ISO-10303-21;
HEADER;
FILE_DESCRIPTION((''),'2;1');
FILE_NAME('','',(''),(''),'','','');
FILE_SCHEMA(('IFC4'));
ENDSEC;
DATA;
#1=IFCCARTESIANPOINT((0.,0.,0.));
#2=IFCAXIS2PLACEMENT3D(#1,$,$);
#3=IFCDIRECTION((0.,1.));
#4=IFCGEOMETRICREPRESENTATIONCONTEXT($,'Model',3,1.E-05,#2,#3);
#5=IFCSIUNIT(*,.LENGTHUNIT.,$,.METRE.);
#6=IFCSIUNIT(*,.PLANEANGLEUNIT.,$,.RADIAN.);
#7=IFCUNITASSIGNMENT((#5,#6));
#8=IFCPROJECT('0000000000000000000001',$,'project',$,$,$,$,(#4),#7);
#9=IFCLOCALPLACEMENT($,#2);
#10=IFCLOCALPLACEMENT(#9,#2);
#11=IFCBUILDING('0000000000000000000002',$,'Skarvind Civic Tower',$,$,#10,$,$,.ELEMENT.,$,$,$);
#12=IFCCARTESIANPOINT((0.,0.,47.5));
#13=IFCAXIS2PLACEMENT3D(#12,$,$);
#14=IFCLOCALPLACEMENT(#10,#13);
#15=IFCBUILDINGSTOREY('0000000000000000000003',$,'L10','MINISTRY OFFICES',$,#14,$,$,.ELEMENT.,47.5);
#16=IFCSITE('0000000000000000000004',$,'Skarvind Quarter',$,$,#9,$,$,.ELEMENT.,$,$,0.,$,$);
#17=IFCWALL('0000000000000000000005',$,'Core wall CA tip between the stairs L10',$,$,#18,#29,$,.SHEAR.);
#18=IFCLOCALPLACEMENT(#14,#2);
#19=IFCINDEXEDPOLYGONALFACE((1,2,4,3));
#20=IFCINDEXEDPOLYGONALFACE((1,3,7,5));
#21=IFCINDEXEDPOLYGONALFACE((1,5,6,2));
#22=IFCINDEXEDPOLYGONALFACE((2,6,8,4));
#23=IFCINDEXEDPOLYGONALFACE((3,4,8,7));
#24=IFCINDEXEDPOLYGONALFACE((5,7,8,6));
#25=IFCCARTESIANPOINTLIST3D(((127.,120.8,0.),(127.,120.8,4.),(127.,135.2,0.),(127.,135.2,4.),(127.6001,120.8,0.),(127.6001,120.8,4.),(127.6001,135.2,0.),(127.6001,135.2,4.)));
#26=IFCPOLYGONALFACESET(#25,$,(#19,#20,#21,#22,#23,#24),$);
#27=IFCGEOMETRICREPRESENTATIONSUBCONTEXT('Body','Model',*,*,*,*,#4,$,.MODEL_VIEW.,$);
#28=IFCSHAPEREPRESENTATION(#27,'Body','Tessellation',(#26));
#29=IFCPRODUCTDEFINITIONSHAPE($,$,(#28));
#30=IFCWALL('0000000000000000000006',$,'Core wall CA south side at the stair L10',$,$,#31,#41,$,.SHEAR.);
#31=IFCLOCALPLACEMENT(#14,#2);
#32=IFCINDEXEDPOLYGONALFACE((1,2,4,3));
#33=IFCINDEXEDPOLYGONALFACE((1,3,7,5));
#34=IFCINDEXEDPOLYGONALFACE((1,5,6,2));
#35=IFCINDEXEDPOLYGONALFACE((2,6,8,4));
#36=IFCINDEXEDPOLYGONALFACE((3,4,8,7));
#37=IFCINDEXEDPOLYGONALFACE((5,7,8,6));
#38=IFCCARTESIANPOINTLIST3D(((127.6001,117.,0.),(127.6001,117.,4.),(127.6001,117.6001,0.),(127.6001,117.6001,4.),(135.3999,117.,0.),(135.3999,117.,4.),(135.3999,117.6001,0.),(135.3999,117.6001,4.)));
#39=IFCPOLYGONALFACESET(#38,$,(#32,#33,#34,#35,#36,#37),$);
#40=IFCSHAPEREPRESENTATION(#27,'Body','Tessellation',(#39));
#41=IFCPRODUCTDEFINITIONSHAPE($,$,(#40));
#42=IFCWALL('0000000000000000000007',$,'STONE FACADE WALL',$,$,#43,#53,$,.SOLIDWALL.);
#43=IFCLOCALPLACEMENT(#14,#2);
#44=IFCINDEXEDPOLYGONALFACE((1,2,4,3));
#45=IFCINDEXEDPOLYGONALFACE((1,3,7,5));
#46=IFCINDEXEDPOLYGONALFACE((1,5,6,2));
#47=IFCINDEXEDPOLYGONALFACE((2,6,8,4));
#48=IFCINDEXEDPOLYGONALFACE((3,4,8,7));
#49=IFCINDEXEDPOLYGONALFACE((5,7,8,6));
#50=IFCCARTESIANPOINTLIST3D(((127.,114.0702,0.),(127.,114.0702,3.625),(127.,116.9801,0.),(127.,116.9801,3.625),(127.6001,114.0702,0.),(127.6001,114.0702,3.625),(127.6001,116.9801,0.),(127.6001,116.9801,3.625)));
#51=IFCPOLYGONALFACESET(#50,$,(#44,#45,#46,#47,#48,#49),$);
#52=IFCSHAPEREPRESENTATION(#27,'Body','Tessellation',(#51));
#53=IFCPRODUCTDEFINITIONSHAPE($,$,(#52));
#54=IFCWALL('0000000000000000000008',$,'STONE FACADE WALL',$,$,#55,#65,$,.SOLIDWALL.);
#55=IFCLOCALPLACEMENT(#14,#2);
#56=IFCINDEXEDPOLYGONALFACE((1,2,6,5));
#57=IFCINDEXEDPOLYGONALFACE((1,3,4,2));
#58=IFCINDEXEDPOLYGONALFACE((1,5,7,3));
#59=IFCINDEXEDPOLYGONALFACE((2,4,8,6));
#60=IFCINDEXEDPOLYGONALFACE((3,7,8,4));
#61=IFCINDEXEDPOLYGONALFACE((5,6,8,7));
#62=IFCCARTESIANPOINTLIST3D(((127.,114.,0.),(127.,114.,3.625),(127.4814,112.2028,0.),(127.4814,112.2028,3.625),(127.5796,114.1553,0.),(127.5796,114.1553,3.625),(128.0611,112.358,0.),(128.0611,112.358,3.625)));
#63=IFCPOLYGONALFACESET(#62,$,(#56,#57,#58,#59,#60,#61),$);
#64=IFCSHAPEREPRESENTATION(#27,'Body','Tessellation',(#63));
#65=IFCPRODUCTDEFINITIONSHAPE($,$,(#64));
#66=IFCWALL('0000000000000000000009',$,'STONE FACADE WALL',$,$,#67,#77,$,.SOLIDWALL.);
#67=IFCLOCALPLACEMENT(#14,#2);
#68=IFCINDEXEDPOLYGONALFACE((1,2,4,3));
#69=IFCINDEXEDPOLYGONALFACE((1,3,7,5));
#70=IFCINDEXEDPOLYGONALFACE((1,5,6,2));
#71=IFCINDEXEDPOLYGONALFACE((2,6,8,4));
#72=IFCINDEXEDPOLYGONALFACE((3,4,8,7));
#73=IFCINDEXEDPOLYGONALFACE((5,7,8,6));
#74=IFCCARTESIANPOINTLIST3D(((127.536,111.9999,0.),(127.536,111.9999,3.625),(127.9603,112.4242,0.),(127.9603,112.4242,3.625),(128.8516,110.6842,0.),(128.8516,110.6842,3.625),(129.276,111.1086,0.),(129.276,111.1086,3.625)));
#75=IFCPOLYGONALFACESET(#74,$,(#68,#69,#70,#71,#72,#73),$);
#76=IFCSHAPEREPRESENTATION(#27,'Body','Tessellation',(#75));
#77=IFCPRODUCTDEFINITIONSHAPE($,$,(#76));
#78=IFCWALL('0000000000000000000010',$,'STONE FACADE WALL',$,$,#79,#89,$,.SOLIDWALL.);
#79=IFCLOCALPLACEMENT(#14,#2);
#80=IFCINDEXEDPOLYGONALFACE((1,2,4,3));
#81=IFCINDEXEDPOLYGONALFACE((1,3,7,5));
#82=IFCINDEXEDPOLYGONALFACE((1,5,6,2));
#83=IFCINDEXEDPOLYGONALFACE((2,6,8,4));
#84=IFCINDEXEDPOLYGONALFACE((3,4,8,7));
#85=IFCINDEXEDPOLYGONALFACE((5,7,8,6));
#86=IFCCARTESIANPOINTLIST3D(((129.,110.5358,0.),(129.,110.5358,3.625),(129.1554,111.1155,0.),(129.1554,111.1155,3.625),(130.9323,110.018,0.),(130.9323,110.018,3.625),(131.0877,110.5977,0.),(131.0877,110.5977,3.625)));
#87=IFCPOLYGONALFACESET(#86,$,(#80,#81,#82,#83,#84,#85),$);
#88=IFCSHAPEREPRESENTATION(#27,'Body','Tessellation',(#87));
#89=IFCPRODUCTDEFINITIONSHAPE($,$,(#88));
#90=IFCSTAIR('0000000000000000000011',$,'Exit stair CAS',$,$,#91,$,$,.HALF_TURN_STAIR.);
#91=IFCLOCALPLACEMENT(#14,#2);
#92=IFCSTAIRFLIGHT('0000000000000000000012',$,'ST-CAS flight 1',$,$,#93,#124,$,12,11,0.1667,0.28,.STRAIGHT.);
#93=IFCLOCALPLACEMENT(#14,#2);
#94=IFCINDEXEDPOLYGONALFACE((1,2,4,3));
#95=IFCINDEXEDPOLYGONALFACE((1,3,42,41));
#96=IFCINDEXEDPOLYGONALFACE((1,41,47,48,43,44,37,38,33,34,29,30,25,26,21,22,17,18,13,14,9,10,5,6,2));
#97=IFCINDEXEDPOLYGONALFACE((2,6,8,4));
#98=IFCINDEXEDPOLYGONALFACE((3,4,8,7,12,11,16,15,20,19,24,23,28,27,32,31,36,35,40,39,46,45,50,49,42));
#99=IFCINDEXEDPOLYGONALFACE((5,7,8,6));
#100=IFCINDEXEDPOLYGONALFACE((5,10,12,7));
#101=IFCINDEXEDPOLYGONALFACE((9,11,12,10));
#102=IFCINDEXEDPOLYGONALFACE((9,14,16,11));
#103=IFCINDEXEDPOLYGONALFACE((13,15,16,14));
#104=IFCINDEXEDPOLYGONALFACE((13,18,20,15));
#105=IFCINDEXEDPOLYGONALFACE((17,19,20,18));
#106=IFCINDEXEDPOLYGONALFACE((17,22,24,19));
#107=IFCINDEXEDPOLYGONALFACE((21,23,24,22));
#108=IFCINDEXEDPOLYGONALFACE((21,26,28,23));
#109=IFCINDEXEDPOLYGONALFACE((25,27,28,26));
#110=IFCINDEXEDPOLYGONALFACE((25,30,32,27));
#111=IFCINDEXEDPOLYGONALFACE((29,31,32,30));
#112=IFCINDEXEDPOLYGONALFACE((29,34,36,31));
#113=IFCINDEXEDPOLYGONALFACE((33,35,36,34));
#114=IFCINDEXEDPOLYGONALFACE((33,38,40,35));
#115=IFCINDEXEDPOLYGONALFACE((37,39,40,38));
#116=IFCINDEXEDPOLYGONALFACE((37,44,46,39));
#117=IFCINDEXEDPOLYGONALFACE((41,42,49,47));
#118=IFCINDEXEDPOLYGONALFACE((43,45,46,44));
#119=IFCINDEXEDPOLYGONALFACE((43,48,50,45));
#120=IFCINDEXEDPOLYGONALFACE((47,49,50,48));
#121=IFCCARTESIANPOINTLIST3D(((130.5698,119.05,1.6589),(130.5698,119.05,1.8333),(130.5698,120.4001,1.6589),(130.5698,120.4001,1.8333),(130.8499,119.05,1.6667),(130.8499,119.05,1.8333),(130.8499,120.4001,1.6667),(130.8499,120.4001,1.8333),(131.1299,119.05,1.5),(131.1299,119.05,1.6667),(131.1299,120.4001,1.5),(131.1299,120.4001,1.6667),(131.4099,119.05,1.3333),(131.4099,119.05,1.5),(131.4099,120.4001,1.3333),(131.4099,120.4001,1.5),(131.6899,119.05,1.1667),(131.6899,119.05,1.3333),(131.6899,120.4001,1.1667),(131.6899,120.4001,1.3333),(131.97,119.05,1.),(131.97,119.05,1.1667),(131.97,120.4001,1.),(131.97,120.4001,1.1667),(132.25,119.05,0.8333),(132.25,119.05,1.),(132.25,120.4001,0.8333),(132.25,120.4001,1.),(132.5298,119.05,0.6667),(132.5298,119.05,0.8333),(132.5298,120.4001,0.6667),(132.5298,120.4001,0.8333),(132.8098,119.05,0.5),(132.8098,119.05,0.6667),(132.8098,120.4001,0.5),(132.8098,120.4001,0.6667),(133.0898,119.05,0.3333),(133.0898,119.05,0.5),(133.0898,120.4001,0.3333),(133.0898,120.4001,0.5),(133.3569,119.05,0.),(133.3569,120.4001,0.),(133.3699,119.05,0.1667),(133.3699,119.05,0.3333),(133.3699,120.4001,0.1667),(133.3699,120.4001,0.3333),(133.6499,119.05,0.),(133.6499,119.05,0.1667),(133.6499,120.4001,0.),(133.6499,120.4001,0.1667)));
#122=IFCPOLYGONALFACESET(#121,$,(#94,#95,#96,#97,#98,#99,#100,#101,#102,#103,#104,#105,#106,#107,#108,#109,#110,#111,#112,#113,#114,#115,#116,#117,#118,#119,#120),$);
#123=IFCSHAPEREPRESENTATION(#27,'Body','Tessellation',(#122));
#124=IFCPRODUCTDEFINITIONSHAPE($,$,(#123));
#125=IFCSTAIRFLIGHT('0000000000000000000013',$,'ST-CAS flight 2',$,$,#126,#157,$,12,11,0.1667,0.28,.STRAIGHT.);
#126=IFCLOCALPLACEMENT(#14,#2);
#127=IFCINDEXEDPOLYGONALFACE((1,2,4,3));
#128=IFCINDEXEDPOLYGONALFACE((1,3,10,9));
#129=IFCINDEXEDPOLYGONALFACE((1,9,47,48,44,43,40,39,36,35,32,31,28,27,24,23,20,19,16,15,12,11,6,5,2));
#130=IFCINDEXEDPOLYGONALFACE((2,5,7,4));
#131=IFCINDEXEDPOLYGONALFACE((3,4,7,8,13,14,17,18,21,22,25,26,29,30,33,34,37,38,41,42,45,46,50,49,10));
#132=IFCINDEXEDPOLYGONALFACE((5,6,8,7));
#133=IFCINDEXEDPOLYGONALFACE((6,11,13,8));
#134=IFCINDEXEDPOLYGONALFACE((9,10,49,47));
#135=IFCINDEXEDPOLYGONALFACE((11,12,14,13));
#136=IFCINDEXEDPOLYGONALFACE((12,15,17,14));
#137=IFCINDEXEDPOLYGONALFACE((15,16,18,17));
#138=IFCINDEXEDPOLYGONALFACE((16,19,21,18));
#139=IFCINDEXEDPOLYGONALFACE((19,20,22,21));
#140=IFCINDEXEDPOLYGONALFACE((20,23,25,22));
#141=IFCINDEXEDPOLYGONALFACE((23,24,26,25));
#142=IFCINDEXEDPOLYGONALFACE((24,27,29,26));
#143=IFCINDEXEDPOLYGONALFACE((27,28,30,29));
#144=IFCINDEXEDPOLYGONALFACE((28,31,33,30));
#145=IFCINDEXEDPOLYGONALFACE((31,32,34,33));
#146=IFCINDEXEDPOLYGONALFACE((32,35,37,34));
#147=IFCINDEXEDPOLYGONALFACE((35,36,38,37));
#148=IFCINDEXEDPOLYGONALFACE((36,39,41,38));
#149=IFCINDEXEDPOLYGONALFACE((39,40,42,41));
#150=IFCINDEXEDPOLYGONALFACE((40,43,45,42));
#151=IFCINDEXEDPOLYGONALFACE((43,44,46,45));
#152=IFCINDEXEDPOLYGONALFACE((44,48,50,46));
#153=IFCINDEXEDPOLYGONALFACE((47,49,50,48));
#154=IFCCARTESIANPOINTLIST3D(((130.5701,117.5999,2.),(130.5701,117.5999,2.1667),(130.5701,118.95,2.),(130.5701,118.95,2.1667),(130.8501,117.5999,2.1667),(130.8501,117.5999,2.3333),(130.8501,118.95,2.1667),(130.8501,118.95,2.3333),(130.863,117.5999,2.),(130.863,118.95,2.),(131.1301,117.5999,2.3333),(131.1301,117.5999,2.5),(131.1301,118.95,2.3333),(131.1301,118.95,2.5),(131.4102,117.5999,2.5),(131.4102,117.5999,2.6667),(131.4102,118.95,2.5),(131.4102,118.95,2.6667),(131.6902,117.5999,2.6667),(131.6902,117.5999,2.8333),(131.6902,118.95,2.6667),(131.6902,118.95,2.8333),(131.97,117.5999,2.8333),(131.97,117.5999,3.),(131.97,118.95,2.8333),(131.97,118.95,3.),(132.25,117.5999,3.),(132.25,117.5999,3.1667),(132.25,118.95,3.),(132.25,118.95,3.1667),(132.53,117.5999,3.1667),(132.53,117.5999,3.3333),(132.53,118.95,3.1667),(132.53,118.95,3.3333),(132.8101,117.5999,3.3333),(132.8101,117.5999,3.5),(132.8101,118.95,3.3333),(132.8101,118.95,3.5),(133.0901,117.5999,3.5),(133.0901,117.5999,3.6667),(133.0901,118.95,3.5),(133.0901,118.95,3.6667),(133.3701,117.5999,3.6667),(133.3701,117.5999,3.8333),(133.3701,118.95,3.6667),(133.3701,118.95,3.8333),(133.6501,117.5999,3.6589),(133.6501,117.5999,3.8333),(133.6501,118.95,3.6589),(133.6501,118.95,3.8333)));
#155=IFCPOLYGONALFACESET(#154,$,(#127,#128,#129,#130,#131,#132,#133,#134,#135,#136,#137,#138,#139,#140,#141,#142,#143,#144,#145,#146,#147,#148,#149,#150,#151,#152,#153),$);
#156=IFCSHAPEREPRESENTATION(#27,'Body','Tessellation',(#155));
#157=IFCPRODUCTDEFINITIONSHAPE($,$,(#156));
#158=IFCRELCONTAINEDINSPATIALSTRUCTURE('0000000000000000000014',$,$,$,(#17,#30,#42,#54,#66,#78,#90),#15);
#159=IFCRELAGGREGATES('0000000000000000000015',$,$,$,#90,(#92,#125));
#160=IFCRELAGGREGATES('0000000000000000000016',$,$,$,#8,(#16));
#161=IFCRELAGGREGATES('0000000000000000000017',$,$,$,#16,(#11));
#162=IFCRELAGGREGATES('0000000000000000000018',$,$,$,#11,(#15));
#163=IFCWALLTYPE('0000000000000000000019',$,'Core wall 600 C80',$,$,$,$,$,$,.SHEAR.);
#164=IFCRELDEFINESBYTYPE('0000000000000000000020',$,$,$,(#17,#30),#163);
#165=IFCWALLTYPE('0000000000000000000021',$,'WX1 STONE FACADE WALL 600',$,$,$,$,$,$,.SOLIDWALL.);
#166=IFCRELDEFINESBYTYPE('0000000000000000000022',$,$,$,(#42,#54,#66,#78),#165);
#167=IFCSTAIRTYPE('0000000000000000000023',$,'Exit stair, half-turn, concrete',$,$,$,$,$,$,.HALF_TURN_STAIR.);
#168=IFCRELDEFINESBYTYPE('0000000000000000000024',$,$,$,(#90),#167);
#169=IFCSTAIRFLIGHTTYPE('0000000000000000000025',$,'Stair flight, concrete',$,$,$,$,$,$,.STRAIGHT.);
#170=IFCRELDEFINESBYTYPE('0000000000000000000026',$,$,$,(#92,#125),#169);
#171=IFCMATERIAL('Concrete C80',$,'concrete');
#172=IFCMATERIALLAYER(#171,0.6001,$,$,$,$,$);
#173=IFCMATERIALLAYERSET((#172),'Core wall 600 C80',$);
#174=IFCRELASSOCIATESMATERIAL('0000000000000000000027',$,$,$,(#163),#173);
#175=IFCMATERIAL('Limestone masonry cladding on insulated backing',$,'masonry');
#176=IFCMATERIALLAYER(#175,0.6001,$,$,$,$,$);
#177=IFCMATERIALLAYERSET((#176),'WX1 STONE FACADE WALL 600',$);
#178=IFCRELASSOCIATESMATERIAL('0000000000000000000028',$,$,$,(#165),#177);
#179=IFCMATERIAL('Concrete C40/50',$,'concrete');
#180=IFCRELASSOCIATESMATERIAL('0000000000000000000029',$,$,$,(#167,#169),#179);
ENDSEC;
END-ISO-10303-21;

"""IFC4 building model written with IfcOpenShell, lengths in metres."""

from ifc_helpers import new_model, si_unit, direction, frame, frame_2d, origin, place, context, subcontext, project, spatial, polyline, rectangle, outline, extrude, material, layer, layer_set, type_object, element, aggregate, save


model = new_model("IFC4")

# Units and contexts
model_context = context("Model", 3, precision=1e-05, world=origin(), true_north=direction((0.0, 1.0)))
body_context = subcontext(model_context, "Body", "Model", "MODEL_VIEW")
ifc_project = project(units=[si_unit("LENGTHUNIT", "METRE"), si_unit("PLANEANGLEUNIT", "RADIAN")], contexts=[model_context])

# Site, building, storey
site_placement = place(None, origin())
site = spatial("IfcSite", under=ifc_project, at=site_placement, Name="Skarvind Quarter", CompositionType="ELEMENT", RefElevation=0.0)
building_placement = place(site_placement, origin())
building = spatial("IfcBuilding", under=site, at=building_placement, Name="Skarvind Civic Tower", CompositionType="ELEMENT")
storey_placement = place(building_placement, frame((0.0, 0.0, 47.5)))
storey = spatial("IfcBuildingStorey", under=building, at=storey_placement, Name="L10", Description="MINISTRY OFFICES", CompositionType="ELEMENT", Elevation=47.5)

# Shared definitions
ifc_material_1 = material(Name="Concrete C80", Category="concrete")

# Walls
ifc_layer_1 = layer(ifc_material_1, 0.6001)
ifc_layer_set_1 = layer_set([ifc_layer_1], Name="Core wall 600 C80")
wall_type_1 = type_object("IfcWallType", Name="Core wall 600 C80", PredefinedType="SHEAR", material=ifc_layer_set_1)
wall_1_placement = place(storey_placement, frame((127.3, 120.8, 0.0), z_axis=(0.0, 0.0, 1.0), x_axis=(0.0, 1.0, 0.0)))
element("IfcWall", 1, at=wall_1_placement, inside=storey, type_object=wall_type_1, Name="Core wall CA tip between the stairs L10", PredefinedType="SHEAR", context=body_context, shape_type="SweptSolid", body=[
    extrude(rectangle(XDim=14.3999, YDim=0.6001, at=frame_2d((7.2, 0.0))), origin(), (0.0, 0.0, 1.0), 4.0),
])
wall_2_placement = place(storey_placement, frame((127.6001, 117.3, 0.0), z_axis=(0.0, 0.0, 1.0), x_axis=(1.0, 0.0, 0.0)))
element("IfcWall", 2, at=wall_2_placement, inside=storey, type_object=wall_type_1, Name="Core wall CA south side at the stair L10", PredefinedType="SHEAR", context=body_context, shape_type="SweptSolid", body=[
    extrude(rectangle(XDim=7.7998, YDim=0.6001, at=frame_2d((3.8999, 0.0))), origin(), (0.0, 0.0, 1.0), 4.0),
])
ifc_material_2 = material(Name="Limestone masonry cladding on insulated backing", Category="masonry")
ifc_layer_2 = layer(ifc_material_2, 0.6001)
ifc_layer_set_2 = layer_set([ifc_layer_2], Name="WX1 STONE FACADE WALL 600")
wall_type_2 = type_object("IfcWallType", Name="WX1 STONE FACADE WALL 600", PredefinedType="SOLIDWALL", material=ifc_layer_set_2)
wall_3_placement = place(storey_placement, frame((127.3, 114.0701, 0.0), z_axis=(0.0, 0.0, 1.0), x_axis=(0.0, 1.0, 0.0)))
element("IfcWall", 3, at=wall_3_placement, inside=storey, type_object=wall_type_2, Name="STONE FACADE WALL", PredefinedType="SOLIDWALL", context=body_context, shape_type="SweptSolid", body=[
    extrude(rectangle(XDim=2.9099, YDim=0.6001, at=frame_2d((1.4551, 0.0))), origin(), (0.0, 0.0, 1.0), 3.625),
])
for number, where, z_axis, x_axis, name in (
    (4, (127.7712, 112.2805, 0.0), (0.0, 0.0, 1.0), (-0.258773, 0.965938, 0.0), "STONE FACADE WALL"),
    (5, (129.0637, 110.8965, 0.0), (0.0, 0.0, 1.0), (-0.707107, 0.707107, 0.0), "STONE FACADE WALL"),
):
    element("IfcWall", number, at=place(storey_placement, frame(where, z_axis=z_axis, x_axis=x_axis)), inside=storey, type_object=wall_type_2, Name=name, PredefinedType="SOLIDWALL", context=body_context, shape_type="SweptSolid", body=[
        extrude(rectangle(XDim=1.8606, YDim=0.6001, at=frame_2d((0.9302, 0.0))), origin(), (0.0, 0.0, 1.0), 3.625),
    ])
wall_4_placement = place(storey_placement, frame((131.01, 110.3079, 0.0), z_axis=(0.0, 0.0, 1.0), x_axis=(-0.96592, 0.25884, 0.0)))
element("IfcWall", 6, at=wall_4_placement, inside=storey, type_object=wall_type_2, Name="STONE FACADE WALL", PredefinedType="SOLIDWALL", context=body_context, shape_type="SweptSolid", body=[
    extrude(rectangle(XDim=2.0005, YDim=0.6001, at=frame_2d((1.0002, 0.0))), origin(), (0.0, 0.0, 1.0), 3.625),
])

# Stair, stair flights
ifc_material_3 = material(Name="Concrete C40/50", Category="concrete")
stair_type = type_object("IfcStairType", Name="Exit stair, half-turn, concrete", PredefinedType="HALF_TURN_STAIR", material=ifc_material_3)
stair_placement = place(storey_placement, origin())
stair = element("IfcStair", 7, at=stair_placement, inside=storey, type_object=stair_type, Name="Exit stair CAS", PredefinedType="HALF_TURN_STAIR")
stair_flight_type = type_object("IfcStairFlightType", Name="Stair flight, concrete", PredefinedType="STRAIGHT", material=ifc_material_3)
stair_flight_1_placement = place(storey_placement, frame((133.6499, 119.7251, 0.0), z_axis=(0.0, 0.0, 1.0), x_axis=(-1.0, 0.0, 0.0)))
stair_flight_1 = element("IfcStairFlight", 8, at=stair_flight_1_placement, type_object=stair_flight_type, Name="ST-CAS flight 1", NumberOfRisers=12, NumberOfTreads=11, PredefinedType="STRAIGHT", RiserHeight=0.1667, TreadLength=0.28, context=body_context, shape_type="SweptSolid", body=[
    extrude(outline(polyline([(0.0, 0.0), (0.0, 0.1667), (0.28, 0.1667), (0.28, 0.3333), (0.5601, 0.3333), (0.5601, 0.5), (0.8401, 0.5), (0.8401, 0.6667), (1.1201, 0.6667), (1.1201, 0.8333), (1.3999, 0.8333), (1.3999, 1.0), (1.6799, 1.0), (1.6799, 1.1667), (1.96, 1.1667), (1.96, 1.3333), (2.24, 1.3333), (2.24, 1.5), (2.52, 1.5), (2.52, 1.6667), (2.8, 1.6667), (2.8, 1.8333), (3.0801, 1.8333), (3.0801, 2.0), (3.0801, 1.6589), (0.293, 0.0), (0.0, 0.0)])), frame((0.0, 0.675, 0.0), z_axis=(0.0, -1.0, 0.0), x_axis=(1.0, 0.0, 0.0)), (0.0, 0.0, 1.0), 1.3501),
])
stair_flight_2_placement = place(storey_placement, frame((130.5701, 118.2749, 2.0), z_axis=(0.0, 0.0, 1.0), x_axis=(1.0, 0.0, 0.0)))
stair_flight_2 = element("IfcStairFlight", 9, at=stair_flight_2_placement, type_object=stair_flight_type, Name="ST-CAS flight 2", NumberOfRisers=12, NumberOfTreads=11, PredefinedType="STRAIGHT", RiserHeight=0.1667, TreadLength=0.28, context=body_context, shape_type="SweptSolid", body=[
    extrude(outline(polyline([(0.0, 0.0), (0.0, 0.1667), (0.28, 0.1667), (0.28, 0.3333), (0.5601, 0.3333), (0.5601, 0.5), (0.8401, 0.5), (0.8401, 0.6667), (1.1201, 0.6667), (1.1201, 0.8333), (1.3999, 0.8333), (1.3999, 1.0), (1.6799, 1.0), (1.6799, 1.1667), (1.96, 1.1667), (1.96, 1.3333), (2.24, 1.3333), (2.24, 1.5), (2.52, 1.5), (2.52, 1.6667), (2.8, 1.6667), (2.8, 1.8333), (3.0801, 1.8333), (3.0801, 2.0), (3.0801, 1.6589), (0.293, 0.0), (0.0, 0.0)])), frame((0.0, 0.675, 0.0), z_axis=(0.0, -1.0, 0.0), x_axis=(1.0, 0.0, 0.0)), (0.0, 0.0, 1.0), 1.3501),
])
aggregate(stair, [stair_flight_1, stair_flight_2])

save(model, "model.ifc")
